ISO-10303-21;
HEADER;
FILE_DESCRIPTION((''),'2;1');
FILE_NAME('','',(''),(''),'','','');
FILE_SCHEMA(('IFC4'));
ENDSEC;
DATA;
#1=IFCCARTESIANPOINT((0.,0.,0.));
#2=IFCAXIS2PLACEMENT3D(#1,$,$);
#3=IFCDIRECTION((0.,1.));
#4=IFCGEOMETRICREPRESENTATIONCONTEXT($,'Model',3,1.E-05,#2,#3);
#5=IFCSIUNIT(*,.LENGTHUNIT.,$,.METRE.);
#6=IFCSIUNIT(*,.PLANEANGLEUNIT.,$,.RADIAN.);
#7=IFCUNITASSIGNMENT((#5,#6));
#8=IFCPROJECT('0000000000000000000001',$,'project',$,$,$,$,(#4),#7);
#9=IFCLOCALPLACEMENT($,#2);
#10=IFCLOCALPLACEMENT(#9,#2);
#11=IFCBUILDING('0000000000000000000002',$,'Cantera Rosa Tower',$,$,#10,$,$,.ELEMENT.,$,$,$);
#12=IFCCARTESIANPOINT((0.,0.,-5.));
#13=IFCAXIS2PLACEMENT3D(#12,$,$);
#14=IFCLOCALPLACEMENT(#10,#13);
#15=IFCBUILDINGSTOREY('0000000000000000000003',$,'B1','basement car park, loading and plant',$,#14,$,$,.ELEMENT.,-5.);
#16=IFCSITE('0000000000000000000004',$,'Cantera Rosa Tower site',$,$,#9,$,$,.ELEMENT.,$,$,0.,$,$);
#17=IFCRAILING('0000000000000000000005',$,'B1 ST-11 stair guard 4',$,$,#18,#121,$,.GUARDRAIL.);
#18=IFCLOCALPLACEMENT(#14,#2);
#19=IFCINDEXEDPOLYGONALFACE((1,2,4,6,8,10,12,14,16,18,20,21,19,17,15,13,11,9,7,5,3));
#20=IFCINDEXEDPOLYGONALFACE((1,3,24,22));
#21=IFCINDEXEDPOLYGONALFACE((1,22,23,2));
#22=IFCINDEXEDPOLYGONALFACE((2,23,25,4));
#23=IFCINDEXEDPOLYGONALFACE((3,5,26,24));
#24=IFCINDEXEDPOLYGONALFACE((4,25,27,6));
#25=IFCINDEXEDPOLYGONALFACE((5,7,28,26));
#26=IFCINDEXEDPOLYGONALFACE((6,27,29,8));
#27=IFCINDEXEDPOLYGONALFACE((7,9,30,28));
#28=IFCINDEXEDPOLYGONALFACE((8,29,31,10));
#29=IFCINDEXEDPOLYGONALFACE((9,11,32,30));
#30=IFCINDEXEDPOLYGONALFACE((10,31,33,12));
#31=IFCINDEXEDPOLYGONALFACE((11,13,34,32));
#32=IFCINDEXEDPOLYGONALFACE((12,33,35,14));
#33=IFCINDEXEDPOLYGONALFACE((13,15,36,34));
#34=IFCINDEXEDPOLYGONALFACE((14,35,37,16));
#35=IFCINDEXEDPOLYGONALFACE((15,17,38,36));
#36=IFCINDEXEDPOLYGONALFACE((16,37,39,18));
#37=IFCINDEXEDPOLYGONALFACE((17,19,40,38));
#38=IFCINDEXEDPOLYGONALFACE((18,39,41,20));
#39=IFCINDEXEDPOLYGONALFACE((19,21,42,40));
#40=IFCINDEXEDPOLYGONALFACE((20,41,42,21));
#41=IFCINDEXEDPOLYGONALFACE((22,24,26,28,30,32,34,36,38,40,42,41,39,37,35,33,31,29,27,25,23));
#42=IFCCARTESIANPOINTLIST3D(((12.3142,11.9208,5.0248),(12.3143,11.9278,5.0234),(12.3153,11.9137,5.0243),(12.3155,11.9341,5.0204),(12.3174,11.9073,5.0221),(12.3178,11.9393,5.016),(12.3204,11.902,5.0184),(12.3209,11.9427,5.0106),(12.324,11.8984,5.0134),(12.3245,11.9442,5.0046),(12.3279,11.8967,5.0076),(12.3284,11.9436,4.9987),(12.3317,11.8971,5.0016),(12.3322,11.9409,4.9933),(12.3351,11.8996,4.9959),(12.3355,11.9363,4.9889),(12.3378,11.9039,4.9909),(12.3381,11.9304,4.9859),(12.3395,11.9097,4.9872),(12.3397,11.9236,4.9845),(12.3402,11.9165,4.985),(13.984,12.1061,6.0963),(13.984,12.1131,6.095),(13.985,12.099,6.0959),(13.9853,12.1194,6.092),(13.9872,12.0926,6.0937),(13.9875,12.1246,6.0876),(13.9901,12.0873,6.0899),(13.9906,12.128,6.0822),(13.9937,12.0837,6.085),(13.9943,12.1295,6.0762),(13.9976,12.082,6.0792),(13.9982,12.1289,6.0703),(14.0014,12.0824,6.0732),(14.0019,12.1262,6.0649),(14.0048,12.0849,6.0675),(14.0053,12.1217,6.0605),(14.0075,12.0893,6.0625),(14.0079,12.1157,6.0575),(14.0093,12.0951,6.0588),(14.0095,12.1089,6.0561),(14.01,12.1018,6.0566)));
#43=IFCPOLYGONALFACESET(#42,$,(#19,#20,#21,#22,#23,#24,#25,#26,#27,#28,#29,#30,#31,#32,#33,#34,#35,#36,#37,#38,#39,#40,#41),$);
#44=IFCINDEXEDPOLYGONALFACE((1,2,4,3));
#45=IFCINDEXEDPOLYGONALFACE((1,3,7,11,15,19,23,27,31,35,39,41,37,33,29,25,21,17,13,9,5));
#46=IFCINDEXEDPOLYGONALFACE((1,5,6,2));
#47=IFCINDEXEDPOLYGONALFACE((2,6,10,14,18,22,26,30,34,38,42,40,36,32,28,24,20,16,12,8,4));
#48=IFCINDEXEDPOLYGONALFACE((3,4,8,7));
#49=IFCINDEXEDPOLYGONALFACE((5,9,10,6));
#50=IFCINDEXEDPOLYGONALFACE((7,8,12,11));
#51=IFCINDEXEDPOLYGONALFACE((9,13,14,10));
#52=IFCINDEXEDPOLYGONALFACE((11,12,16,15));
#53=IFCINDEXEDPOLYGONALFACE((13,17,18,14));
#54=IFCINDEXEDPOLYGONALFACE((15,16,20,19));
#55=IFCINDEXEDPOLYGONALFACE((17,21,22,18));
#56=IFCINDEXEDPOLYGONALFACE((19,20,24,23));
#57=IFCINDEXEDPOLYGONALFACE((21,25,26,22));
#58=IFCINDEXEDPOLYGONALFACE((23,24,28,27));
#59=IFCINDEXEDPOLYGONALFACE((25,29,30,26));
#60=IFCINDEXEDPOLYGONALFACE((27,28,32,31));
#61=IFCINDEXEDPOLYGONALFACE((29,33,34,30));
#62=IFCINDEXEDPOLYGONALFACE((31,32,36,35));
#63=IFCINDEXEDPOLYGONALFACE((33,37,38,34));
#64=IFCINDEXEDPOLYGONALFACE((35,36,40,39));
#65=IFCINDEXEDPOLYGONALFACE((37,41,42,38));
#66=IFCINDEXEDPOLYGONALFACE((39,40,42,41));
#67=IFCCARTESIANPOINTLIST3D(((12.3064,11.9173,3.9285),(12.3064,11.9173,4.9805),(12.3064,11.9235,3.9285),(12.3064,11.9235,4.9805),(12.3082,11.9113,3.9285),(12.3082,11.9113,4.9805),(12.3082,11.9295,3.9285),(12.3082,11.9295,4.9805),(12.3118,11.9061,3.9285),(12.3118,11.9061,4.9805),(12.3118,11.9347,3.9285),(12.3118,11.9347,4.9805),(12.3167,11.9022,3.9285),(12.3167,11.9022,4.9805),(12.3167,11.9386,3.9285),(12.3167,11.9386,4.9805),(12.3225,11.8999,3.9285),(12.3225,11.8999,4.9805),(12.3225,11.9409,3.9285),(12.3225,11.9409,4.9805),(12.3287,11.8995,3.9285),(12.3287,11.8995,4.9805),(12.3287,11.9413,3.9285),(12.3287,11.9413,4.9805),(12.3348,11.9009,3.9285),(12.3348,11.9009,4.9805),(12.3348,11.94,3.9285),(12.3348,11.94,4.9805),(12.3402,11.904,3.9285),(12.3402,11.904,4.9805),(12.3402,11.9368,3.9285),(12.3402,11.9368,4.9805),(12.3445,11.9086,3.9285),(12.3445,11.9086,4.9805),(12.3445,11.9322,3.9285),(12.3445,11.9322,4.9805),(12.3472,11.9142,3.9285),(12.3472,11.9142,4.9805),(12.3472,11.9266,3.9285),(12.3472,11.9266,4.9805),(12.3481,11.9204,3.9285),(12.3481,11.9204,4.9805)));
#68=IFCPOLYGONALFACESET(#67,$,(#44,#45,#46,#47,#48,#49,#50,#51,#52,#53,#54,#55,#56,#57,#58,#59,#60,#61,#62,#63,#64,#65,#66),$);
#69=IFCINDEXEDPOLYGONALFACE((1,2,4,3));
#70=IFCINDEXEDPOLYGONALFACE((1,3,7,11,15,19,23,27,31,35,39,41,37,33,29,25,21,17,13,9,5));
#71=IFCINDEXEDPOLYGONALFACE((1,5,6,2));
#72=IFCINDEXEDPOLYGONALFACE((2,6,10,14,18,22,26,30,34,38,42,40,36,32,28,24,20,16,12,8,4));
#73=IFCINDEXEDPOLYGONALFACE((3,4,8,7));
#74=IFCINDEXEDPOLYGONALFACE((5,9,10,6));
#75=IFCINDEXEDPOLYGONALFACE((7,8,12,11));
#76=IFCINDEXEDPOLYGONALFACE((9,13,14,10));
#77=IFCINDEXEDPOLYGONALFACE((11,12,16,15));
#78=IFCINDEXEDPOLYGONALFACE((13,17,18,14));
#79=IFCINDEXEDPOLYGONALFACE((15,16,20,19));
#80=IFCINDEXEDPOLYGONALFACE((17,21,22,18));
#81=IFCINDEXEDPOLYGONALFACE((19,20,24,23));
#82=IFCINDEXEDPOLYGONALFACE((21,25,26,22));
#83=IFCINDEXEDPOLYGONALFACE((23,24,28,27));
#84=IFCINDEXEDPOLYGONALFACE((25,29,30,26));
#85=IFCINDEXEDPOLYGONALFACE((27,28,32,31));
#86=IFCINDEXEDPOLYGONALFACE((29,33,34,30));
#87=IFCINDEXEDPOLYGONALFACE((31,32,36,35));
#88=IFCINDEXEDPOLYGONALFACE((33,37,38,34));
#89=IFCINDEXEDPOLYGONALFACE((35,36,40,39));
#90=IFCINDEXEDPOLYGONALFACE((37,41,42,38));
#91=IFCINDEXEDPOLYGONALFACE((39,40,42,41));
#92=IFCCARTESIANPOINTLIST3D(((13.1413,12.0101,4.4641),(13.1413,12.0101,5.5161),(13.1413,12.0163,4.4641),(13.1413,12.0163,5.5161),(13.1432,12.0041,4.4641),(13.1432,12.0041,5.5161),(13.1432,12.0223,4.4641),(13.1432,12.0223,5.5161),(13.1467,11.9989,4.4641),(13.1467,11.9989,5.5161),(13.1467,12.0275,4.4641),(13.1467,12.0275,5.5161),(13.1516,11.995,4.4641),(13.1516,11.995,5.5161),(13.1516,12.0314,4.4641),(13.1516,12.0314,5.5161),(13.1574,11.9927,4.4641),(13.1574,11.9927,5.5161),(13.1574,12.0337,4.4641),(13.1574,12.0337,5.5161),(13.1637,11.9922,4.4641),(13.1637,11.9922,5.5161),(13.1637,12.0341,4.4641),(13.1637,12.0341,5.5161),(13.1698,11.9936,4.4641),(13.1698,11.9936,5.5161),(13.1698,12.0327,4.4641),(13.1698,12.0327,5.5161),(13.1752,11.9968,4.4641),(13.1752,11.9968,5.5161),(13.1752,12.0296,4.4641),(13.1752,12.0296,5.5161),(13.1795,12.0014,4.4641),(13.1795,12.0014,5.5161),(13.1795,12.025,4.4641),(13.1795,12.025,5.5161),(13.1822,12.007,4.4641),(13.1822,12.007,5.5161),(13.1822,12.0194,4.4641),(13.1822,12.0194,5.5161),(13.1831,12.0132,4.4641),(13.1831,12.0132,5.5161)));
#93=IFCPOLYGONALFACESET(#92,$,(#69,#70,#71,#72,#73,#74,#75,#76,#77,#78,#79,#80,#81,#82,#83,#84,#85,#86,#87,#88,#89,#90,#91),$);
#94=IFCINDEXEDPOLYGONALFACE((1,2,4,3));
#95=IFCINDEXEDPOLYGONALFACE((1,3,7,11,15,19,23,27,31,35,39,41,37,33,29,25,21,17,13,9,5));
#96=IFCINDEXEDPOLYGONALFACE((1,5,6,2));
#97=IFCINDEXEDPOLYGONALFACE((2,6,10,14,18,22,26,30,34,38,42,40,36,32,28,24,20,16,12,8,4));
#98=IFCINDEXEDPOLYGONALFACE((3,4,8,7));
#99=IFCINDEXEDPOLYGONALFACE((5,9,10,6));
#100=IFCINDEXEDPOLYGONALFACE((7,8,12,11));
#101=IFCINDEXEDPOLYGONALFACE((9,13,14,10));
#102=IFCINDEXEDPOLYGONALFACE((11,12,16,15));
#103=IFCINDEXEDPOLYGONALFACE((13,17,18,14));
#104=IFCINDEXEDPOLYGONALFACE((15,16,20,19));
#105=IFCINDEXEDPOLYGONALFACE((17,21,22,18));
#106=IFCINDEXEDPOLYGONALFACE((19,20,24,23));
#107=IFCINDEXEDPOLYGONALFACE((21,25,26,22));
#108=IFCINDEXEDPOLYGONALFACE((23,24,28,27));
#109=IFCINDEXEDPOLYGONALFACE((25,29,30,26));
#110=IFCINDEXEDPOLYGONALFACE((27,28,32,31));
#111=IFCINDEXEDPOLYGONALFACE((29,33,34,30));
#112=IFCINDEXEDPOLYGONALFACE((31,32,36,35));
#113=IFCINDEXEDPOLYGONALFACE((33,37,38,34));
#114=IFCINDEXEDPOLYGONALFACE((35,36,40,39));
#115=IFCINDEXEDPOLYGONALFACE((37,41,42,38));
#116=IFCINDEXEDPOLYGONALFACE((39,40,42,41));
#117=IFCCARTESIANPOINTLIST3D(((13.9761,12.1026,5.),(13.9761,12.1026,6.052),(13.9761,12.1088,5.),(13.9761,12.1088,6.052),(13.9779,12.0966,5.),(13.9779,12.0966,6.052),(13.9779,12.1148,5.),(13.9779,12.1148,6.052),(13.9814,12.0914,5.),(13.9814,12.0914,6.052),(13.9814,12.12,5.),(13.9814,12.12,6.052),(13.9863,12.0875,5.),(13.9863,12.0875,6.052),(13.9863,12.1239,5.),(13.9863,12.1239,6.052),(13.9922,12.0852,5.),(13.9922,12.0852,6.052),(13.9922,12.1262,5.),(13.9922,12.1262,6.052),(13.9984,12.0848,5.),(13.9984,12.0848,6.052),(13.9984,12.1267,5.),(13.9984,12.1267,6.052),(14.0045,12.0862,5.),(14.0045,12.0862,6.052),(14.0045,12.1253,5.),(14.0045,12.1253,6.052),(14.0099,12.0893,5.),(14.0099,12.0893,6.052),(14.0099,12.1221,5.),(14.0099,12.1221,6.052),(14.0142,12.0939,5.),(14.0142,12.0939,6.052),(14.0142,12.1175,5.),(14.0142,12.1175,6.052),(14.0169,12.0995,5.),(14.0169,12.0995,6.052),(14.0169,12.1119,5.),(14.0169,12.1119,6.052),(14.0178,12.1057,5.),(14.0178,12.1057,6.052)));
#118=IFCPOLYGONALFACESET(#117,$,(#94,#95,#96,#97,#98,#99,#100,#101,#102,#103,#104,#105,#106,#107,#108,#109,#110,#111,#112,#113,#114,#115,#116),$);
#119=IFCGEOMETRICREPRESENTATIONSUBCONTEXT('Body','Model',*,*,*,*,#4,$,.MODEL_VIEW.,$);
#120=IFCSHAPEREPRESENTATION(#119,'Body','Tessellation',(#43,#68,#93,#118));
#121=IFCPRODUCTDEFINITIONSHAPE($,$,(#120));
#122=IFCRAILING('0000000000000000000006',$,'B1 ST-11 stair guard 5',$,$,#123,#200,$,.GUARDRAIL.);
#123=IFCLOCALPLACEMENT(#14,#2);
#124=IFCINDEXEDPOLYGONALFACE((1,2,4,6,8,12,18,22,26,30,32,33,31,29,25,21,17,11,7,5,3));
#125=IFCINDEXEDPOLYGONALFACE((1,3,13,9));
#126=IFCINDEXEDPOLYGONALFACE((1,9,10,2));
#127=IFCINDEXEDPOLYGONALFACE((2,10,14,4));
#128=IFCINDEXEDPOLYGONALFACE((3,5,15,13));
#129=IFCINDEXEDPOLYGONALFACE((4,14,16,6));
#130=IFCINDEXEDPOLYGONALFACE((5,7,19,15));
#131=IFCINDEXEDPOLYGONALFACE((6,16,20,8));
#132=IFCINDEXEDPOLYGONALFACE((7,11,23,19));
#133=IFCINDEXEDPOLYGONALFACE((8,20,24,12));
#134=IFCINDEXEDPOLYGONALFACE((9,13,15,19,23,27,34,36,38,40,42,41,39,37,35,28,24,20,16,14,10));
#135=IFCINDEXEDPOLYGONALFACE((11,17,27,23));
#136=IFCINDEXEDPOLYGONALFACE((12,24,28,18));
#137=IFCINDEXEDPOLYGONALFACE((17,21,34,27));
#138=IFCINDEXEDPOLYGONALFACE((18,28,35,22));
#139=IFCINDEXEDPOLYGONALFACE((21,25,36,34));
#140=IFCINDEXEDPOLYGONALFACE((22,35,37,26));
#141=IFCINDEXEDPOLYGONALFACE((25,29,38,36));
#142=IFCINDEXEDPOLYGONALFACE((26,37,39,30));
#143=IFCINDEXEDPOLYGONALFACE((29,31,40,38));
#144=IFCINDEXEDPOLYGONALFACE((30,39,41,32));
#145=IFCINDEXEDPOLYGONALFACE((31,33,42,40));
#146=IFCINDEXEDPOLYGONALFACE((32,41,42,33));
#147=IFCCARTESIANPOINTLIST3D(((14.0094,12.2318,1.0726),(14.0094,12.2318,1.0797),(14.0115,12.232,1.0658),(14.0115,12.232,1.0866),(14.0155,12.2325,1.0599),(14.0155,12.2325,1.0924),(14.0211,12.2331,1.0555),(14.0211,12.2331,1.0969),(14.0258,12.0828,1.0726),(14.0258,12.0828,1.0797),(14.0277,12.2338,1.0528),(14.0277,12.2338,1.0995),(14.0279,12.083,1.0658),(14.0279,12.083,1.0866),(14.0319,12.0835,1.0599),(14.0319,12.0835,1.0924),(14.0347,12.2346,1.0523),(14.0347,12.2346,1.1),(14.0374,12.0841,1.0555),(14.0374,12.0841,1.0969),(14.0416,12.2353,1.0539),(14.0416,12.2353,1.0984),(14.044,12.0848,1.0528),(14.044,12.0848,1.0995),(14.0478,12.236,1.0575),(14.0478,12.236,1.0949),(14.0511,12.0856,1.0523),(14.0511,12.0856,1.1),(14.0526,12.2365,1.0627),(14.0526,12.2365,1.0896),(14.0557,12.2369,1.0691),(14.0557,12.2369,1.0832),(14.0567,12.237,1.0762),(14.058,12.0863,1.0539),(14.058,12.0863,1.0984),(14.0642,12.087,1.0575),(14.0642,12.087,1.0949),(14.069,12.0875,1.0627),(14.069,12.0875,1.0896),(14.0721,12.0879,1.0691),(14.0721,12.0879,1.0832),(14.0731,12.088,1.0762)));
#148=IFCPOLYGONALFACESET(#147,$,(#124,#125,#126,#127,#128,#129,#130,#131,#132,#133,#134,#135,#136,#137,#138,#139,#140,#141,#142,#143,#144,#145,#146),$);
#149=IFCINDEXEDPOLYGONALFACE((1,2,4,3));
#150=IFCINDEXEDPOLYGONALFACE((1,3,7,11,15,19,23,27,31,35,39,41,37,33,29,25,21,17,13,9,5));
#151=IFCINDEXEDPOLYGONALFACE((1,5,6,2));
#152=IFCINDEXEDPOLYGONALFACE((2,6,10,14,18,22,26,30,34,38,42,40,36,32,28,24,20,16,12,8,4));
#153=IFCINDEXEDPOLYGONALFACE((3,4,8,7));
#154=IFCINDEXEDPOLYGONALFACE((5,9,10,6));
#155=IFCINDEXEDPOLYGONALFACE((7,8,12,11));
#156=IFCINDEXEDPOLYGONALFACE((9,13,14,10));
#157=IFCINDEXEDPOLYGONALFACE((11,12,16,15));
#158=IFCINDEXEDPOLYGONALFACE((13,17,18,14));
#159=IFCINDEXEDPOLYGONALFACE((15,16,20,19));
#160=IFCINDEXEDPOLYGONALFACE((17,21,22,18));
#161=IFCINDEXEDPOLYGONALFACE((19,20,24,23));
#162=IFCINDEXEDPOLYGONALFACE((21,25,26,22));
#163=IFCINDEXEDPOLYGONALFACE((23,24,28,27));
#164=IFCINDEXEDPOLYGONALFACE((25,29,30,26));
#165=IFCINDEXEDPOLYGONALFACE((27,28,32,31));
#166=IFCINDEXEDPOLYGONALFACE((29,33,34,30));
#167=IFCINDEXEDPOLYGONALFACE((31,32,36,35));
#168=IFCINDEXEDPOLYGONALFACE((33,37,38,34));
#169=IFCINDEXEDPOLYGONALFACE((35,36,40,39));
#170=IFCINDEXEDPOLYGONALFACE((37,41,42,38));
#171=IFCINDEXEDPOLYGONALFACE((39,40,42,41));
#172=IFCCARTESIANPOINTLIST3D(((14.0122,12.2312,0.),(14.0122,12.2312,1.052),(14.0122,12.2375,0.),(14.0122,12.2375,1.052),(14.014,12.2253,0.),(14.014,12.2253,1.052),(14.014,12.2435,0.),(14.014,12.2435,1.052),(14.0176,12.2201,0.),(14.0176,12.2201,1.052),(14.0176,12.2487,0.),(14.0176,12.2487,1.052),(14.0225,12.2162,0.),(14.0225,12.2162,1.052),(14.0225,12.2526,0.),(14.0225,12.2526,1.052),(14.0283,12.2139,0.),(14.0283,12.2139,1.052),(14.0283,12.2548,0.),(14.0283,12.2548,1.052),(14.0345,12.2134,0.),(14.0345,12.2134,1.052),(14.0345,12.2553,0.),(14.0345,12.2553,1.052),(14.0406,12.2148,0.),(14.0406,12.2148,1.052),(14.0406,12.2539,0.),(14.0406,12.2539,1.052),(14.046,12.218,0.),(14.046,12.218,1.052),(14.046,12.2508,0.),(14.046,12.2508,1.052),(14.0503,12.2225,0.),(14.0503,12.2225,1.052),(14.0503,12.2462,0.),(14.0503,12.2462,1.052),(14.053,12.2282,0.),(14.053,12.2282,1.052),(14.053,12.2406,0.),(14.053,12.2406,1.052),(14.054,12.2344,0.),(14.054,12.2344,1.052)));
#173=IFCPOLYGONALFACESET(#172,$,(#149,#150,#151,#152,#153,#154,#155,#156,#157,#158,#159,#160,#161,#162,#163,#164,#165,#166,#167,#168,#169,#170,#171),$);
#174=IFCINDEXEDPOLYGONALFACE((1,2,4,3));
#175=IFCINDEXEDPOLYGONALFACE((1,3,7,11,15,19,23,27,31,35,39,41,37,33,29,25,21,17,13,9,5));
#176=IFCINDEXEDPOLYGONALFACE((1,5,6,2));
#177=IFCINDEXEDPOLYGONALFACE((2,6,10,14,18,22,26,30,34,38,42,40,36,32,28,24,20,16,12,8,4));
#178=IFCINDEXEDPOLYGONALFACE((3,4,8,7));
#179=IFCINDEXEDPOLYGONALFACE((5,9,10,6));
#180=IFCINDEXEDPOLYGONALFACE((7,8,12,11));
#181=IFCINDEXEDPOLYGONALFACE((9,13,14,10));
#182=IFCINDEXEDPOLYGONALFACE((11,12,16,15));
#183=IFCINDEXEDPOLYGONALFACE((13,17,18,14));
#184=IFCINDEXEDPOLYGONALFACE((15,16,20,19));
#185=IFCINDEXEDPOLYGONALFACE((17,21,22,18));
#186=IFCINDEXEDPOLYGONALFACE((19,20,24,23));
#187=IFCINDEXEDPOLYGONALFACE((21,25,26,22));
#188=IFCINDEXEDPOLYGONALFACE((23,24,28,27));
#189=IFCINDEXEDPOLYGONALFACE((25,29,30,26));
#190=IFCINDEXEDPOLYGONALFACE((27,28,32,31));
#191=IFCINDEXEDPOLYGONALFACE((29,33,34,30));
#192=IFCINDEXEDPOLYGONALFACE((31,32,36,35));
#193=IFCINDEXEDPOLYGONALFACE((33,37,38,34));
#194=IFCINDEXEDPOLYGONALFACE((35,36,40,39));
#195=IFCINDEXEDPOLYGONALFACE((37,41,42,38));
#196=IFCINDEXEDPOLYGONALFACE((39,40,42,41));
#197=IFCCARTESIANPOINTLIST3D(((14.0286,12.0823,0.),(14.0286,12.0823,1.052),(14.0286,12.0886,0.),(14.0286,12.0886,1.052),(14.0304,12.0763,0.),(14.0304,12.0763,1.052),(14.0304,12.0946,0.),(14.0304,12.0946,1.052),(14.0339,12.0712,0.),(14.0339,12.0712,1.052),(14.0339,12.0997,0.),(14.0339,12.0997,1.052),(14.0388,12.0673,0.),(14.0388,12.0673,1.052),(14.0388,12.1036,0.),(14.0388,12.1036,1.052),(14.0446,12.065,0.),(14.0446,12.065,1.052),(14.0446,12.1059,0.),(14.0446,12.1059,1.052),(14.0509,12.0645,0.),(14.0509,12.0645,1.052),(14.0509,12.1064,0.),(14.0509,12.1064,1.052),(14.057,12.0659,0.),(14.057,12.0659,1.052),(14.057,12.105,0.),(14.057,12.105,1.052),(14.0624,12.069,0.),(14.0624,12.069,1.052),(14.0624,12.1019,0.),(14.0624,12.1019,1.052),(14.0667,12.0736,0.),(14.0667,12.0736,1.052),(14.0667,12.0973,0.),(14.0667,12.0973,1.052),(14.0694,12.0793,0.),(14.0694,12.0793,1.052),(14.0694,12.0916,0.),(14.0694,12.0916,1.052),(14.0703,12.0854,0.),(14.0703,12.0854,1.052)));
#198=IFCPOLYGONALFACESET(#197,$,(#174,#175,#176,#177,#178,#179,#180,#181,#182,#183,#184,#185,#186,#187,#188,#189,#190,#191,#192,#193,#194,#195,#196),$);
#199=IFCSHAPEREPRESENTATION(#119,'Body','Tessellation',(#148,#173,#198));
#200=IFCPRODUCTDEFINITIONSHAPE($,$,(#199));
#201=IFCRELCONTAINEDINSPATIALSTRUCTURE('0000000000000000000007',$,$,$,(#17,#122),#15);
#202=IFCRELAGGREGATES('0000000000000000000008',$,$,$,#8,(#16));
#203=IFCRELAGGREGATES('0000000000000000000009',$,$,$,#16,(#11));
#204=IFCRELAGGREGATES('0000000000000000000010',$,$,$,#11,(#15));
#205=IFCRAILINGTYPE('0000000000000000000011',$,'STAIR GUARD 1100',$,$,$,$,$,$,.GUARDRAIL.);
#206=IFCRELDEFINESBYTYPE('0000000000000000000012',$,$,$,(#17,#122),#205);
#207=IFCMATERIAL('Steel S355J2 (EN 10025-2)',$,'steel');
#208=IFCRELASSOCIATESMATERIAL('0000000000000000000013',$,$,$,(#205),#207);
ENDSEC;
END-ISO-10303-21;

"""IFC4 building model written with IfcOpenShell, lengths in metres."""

from ifc_helpers import new_model, si_unit, direction, frame, origin, origin_2d, place, context, subcontext, project, spatial, circle, extrude, material, type_object, element, save


model = new_model("IFC4")

# Units and contexts
model_context = context("Model", 3, precision=1e-05, world=origin(), true_north=direction((0.0, 1.0)))
body_context = subcontext(model_context, "Body", "Model", "MODEL_VIEW")
ifc_project = project(units=[si_unit("LENGTHUNIT", "METRE"), si_unit("PLANEANGLEUNIT", "RADIAN")], contexts=[model_context])

# Site, building, storey
site_placement = place(None, origin())
site = spatial("IfcSite", under=ifc_project, at=site_placement, Name="Cantera Rosa Tower site", CompositionType="ELEMENT", RefElevation=0.0)
building_placement = place(site_placement, origin())
building = spatial("IfcBuilding", under=site, at=building_placement, Name="Cantera Rosa Tower", CompositionType="ELEMENT")
storey_placement = place(building_placement, frame((0.0, 0.0, -5.0)))
storey = spatial("IfcBuildingStorey", under=building, at=storey_placement, Name="B1", Description="basement car park, loading and plant", CompositionType="ELEMENT", Elevation=-5.0)

# Railings
ifc_material_1 = material(Name="Steel S355J2 (EN 10025-2)", Category="steel")
railing_type_1 = type_object("IfcRailingType", Name="STAIR GUARD 1100", PredefinedType="GUARDRAIL", material=ifc_material_1)
railing_1_placement = place(storey_placement, frame((12.3271, 11.9204, 3.9285)))
element("IfcRailing", 1, at=railing_1_placement, inside=storey, type_object=railing_type_1, Name="B1 ST-11 stair guard 4", PredefinedType="GUARDRAIL", context=body_context, shape_type="SweptSolid", body=[
    extrude(circle(Radius=0.0239, at=origin_2d()), frame((0.0, 0.0, 1.0762), z_axis=(0.837951, 0.092997, 0.537764), x_axis=(-0.110304, 0.993898, 0.0)), (0.0, 0.0, 1.0), 1.9927),
    extrude(circle(Radius=0.021, at=origin_2d()), origin(), (0.0, 0.0, 1.0), 1.052),
    extrude(circle(Radius=0.021, at=origin_2d()), frame((0.835, 0.0928, 0.5356)), (0.0, 0.0, 1.0), 1.052),
    extrude(circle(Radius=0.021, at=origin_2d()), frame((1.6697, 0.1853, 1.0715)), (0.0, 0.0, 1.0), 1.052),
])
railing_2_placement = place(storey_placement, frame((14.033, 12.2344, 0.0)))
element("IfcRailing", 2, at=railing_2_placement, inside=storey, type_object=railing_type_1, Name="B1 ST-11 stair guard 5", PredefinedType="GUARDRAIL", context=body_context, shape_type="SweptSolid", body=[
    extrude(circle(Radius=0.0239, at=origin_2d()), frame((0.0, 0.0, 1.0762), z_axis=(0.109179, -0.994022, 0.0), x_axis=(0.994022, 0.109179, 0.0)), (0.0, 0.0, 1.0), 0.1499),
    extrude(circle(Radius=0.021, at=origin_2d()), origin(), (0.0, 0.0, 1.0), 1.052),
    extrude(circle(Radius=0.021, at=origin_2d()), frame((0.0164, -0.1489, 0.0)), (0.0, 0.0, 1.0), 1.052),
])

save(model, "model.ifc")
